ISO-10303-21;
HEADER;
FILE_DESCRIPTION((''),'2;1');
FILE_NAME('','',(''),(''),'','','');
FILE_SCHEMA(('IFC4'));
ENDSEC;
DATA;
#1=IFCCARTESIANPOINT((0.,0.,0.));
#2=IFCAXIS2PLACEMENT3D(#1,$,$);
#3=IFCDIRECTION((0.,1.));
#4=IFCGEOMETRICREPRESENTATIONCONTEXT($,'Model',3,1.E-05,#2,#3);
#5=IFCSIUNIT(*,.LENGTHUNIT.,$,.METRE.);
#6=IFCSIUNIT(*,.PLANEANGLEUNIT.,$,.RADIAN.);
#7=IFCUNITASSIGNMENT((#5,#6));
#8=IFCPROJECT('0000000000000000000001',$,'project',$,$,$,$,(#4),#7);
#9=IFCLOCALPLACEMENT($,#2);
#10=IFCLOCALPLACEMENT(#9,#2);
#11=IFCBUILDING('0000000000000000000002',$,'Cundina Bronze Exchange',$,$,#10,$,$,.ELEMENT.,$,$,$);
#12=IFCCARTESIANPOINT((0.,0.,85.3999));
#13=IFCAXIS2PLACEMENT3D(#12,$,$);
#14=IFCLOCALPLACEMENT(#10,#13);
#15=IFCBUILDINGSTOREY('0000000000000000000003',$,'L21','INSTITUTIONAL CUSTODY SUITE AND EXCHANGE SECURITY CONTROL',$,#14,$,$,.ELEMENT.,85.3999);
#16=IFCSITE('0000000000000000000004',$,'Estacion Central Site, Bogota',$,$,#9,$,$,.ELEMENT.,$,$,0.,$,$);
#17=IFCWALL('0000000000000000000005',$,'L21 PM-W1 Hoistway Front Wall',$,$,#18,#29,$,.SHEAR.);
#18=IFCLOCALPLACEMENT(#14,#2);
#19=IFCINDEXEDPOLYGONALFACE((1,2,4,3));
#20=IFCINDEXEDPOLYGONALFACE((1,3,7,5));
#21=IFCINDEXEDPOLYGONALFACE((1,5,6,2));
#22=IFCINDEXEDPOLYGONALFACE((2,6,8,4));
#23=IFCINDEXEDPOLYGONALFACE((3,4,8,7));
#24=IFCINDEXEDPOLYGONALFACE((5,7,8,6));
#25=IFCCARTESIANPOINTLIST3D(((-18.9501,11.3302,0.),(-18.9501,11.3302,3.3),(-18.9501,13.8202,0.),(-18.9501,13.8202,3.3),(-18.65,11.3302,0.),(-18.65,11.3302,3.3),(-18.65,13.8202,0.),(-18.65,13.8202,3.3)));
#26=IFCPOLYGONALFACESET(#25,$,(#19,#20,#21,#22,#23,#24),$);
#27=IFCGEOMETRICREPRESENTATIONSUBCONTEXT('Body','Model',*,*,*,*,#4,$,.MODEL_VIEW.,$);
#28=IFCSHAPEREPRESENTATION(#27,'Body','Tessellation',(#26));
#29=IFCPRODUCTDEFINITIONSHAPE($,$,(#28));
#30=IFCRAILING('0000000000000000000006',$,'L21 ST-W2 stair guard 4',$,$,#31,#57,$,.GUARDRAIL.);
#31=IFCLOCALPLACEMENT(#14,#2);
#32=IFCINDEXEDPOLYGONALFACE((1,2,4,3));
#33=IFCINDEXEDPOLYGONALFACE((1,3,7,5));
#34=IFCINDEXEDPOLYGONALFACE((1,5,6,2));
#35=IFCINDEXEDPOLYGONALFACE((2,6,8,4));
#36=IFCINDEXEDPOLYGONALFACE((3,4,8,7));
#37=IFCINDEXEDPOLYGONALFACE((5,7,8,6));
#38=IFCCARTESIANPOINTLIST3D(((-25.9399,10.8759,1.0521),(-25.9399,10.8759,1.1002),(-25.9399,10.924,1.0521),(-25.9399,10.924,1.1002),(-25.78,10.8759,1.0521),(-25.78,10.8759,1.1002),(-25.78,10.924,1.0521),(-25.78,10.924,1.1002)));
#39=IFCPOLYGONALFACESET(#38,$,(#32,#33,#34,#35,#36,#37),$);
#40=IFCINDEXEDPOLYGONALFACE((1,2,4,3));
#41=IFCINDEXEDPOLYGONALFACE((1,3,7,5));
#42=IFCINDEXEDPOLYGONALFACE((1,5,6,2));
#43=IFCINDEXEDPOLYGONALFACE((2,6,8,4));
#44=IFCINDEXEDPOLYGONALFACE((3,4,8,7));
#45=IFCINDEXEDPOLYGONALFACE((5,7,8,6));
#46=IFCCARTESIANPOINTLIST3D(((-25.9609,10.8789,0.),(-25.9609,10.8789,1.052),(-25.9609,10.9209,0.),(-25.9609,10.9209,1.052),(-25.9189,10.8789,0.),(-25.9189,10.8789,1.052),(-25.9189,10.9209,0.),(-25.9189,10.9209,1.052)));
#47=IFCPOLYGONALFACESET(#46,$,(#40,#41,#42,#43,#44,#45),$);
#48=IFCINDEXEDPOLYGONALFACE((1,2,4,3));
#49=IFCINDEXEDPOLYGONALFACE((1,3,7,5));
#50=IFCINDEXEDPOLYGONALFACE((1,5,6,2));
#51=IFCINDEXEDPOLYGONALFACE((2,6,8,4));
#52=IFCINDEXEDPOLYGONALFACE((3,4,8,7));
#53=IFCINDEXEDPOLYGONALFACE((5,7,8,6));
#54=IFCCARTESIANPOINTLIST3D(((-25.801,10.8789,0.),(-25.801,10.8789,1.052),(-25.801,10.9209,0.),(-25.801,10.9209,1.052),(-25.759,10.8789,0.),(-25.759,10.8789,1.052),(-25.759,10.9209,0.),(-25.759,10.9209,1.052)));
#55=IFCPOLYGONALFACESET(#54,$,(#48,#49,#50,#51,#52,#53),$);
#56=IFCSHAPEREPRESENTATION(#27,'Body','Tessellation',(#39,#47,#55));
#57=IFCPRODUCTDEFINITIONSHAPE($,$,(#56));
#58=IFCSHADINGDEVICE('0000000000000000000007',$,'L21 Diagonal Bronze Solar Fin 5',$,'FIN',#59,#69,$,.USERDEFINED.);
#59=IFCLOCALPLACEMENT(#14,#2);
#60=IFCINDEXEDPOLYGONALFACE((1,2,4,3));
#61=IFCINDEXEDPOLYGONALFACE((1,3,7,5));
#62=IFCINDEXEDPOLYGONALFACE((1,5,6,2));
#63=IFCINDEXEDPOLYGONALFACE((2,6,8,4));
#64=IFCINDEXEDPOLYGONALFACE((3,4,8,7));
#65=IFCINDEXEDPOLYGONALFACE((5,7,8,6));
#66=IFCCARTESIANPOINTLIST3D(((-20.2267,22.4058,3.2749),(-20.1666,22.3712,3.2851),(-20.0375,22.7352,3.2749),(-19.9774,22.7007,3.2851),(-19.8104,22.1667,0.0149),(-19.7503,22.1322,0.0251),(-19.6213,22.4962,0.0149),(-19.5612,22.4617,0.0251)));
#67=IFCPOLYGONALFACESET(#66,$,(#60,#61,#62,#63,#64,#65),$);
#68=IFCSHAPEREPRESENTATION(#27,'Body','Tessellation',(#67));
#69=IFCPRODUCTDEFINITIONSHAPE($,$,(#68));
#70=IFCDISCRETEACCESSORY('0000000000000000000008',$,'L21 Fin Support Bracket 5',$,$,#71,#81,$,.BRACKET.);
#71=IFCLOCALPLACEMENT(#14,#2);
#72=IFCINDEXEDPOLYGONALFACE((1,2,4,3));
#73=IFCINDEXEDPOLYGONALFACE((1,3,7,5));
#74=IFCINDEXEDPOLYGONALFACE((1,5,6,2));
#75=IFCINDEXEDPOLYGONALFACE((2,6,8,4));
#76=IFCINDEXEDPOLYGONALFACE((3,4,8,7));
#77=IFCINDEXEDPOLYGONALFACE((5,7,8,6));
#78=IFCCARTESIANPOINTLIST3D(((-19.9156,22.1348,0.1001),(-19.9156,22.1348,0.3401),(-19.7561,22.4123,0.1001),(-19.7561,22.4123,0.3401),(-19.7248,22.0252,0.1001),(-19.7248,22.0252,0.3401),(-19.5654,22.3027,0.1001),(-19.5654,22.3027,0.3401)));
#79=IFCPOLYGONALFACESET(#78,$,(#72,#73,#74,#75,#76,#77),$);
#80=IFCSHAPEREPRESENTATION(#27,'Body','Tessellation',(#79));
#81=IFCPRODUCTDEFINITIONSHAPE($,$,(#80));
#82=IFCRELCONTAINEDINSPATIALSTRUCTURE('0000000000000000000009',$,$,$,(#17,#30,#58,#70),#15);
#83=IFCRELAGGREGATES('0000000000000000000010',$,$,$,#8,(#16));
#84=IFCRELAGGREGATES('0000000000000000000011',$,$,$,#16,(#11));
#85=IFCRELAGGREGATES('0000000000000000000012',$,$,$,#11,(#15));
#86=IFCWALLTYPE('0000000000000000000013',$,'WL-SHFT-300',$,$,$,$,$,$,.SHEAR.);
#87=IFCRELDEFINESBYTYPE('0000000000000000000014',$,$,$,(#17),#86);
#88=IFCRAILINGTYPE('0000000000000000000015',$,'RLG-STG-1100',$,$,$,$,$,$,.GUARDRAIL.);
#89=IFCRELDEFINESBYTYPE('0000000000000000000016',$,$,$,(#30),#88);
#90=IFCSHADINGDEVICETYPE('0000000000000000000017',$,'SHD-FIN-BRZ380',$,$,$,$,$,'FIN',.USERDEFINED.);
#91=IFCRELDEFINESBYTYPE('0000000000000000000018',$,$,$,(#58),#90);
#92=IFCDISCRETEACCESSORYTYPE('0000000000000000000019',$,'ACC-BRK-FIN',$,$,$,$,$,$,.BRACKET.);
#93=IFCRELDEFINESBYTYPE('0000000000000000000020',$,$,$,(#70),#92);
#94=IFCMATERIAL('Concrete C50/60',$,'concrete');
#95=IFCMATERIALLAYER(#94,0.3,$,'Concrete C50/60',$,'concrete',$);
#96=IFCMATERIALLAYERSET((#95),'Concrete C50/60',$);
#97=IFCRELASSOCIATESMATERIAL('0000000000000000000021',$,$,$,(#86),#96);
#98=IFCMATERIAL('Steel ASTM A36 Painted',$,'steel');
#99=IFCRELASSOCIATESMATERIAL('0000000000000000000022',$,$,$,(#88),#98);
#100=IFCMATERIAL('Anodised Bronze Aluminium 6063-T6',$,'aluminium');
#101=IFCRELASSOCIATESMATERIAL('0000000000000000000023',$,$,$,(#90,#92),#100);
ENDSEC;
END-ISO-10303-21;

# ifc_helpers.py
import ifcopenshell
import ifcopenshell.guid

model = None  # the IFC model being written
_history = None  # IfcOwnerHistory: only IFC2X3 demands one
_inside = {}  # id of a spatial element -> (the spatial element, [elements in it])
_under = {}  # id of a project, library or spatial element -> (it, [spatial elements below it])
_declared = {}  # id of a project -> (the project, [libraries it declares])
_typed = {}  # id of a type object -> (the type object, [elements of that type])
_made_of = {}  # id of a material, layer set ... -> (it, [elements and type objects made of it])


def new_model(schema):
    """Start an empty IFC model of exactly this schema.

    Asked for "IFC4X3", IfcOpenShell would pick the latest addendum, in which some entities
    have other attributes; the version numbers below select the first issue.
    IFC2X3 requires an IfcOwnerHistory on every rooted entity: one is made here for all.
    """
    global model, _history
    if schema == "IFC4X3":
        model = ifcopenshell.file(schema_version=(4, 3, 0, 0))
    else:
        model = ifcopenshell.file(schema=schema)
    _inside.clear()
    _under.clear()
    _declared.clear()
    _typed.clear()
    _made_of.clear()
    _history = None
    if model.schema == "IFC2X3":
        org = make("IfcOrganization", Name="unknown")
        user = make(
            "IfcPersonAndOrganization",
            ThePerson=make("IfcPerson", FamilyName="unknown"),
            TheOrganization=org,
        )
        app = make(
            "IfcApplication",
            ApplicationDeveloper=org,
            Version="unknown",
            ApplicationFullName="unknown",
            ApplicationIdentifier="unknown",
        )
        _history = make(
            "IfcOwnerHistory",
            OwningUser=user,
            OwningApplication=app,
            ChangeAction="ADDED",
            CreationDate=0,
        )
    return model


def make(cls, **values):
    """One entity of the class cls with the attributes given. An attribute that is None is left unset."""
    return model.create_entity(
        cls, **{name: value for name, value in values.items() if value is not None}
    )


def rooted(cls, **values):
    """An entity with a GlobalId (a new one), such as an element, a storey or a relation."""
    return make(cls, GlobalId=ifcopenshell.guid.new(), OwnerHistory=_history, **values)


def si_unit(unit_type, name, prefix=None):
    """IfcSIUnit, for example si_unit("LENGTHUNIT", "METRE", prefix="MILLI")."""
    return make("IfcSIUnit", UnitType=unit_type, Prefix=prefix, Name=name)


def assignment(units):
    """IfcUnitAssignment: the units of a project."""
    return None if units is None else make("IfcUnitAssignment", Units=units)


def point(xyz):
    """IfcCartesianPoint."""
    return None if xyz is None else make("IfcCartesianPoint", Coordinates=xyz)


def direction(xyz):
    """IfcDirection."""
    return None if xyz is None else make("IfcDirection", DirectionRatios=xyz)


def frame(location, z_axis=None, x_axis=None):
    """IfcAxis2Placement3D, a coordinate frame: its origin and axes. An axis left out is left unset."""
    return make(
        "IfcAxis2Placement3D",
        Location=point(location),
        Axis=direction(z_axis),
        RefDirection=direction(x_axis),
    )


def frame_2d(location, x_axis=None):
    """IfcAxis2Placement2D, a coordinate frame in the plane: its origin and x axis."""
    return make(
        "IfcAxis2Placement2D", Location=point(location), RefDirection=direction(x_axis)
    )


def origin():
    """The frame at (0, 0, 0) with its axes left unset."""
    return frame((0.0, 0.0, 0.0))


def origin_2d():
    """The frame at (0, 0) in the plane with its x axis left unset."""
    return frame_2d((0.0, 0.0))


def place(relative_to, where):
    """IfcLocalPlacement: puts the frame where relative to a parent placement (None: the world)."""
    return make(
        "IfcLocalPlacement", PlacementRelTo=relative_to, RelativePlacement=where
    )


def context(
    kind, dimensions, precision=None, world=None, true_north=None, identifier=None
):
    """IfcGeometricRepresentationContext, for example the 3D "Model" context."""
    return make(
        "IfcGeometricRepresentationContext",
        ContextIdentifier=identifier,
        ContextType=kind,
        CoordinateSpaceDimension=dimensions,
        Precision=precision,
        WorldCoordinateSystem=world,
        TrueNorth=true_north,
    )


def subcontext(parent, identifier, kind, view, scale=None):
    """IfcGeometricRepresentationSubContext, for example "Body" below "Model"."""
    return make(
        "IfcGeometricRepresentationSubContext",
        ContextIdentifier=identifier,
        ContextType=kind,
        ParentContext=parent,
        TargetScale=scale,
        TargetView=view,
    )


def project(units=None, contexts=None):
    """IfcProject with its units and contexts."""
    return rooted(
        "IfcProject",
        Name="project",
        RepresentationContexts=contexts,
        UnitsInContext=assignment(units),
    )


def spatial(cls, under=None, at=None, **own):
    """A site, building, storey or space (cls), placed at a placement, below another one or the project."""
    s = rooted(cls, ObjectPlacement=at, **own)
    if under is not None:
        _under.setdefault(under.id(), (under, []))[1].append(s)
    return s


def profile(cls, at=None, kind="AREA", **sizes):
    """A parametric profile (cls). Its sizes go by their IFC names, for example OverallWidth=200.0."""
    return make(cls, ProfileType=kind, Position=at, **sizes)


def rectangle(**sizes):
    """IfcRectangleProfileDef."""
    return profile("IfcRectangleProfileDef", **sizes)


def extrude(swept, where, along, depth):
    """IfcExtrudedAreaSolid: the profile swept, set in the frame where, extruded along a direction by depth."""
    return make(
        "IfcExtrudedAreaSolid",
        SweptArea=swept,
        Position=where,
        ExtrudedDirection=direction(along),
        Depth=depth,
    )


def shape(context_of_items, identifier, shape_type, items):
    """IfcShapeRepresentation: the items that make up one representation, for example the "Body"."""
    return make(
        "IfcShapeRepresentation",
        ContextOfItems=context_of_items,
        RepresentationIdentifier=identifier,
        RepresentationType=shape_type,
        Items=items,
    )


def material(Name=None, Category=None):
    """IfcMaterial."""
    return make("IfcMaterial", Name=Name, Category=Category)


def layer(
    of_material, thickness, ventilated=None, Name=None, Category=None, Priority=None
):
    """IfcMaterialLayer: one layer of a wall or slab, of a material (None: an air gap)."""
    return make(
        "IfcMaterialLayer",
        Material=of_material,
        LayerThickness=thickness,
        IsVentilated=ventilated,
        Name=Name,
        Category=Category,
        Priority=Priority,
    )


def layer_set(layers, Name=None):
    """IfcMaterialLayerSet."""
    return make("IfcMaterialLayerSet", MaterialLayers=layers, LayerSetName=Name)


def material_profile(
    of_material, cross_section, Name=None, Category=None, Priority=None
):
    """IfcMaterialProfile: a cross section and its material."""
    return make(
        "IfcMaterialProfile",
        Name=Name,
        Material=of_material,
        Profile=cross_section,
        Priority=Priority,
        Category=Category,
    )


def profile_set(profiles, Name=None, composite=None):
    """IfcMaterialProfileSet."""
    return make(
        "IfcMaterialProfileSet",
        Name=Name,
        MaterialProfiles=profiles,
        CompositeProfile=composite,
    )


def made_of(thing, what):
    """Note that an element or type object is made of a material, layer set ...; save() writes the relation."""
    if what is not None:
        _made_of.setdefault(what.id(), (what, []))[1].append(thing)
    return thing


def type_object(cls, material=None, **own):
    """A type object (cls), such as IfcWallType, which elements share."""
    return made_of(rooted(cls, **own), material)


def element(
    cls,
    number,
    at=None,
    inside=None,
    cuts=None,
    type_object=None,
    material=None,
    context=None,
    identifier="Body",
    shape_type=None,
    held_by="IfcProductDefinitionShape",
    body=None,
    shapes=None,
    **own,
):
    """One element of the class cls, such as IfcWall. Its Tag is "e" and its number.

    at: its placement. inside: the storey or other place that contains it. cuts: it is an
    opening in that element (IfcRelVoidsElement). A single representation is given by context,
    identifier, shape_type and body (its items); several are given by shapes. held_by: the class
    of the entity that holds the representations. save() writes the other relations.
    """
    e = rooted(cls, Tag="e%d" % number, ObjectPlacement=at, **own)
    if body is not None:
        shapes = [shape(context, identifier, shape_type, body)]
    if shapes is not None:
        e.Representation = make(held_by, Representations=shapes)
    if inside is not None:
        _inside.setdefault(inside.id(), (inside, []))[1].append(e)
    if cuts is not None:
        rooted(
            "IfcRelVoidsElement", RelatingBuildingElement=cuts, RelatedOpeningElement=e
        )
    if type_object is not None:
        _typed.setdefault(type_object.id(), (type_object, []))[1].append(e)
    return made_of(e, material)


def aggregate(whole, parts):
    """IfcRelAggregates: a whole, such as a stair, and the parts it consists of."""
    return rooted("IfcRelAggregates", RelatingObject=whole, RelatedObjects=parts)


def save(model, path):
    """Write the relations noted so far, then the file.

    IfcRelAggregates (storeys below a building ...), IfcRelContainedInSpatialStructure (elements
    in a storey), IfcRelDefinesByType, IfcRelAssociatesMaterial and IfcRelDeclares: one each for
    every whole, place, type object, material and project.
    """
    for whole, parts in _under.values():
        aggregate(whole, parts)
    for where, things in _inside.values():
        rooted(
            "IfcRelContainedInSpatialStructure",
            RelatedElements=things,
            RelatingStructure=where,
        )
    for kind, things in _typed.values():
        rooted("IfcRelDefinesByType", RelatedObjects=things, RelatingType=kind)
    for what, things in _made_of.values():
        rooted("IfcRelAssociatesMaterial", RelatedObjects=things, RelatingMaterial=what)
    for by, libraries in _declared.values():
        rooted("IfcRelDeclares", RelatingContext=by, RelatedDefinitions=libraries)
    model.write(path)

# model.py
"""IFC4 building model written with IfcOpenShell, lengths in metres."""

from ifc_helpers import new_model, si_unit, direction, frame, frame_2d, origin, origin_2d, place, context, subcontext, project, spatial, rectangle, extrude, material, layer, layer_set, material_profile, profile_set, type_object, element, save


model = new_model("IFC4")

# Units and contexts
model_context = context("Model", 3, precision=1e-05, world=origin(), true_north=direction((0.0, 1.0)))
body_context = subcontext(model_context, "Body", "Model", "MODEL_VIEW")
ifc_project = project(units=[si_unit("LENGTHUNIT", "METRE"), si_unit("PLANEANGLEUNIT", "RADIAN")], contexts=[model_context])

# Site, building, storey
site_placement = place(None, origin())
site = spatial("IfcSite", under=ifc_project, at=site_placement, Name="Estacion Central Site, Bogota", CompositionType="ELEMENT", RefElevation=0.0)
building_placement = place(site_placement, origin())
building = spatial("IfcBuilding", under=site, at=building_placement, Name="Cundina Bronze Exchange", CompositionType="ELEMENT")
storey_placement = place(building_placement, frame((0.0, 0.0, 85.3999)))
storey = spatial("IfcBuildingStorey", under=building, at=storey_placement, Name="L21", Description="INSTITUTIONAL CUSTODY SUITE AND EXCHANGE SECURITY CONTROL", CompositionType="ELEMENT", Elevation=85.3999)

# Shared definitions
ifc_material_1 = material(Name="Anodised Bronze Aluminium 6063-T6", Category="aluminium")

# Shared definitions
ifc_material_2 = material(Name="Concrete C50/60", Category="concrete")
ifc_layer_1 = layer(ifc_material_2, 0.3, Name="Concrete C50/60", Category="concrete")
ifc_layer_set_1 = layer_set([ifc_layer_1], Name="Concrete C50/60")
wall_type_1 = type_object("IfcWallType", Name="WL-SHFT-300", PredefinedType="SHEAR", material=ifc_layer_set_1)
ifc_material_3 = material(Name="Steel ASTM A36 Painted", Category="steel")

# Wall
wall_1_placement = place(storey_placement, frame((-18.8, 11.3301, 0.0), z_axis=(0.0, 0.0, 1.0), x_axis=(0.0, 1.0, 0.0)))
element("IfcWall", 1, at=wall_1_placement, inside=storey, type_object=wall_type_1, Name="L21 PM-W1 Hoistway Front Wall", PredefinedType="SHEAR", context=body_context, shape_type="SweptSolid", body=[
    extrude(rectangle(XDim=2.49, YDim=0.3, at=frame_2d((1.2451, 0.0))), origin(), (0.0, 0.0, 1.0), 3.3),
])

# Railing
railing_type = type_object("IfcRailingType", Name="RLG-STG-1100", PredefinedType="GUARDRAIL", material=ifc_material_3)
railing_placement = place(storey_placement, frame((-25.9399, 10.8999, 0.0)))
element("IfcRailing", 2, at=railing_placement, inside=storey, type_object=railing_type, Name="L21 ST-W2 stair guard 4", PredefinedType="GUARDRAIL", context=body_context, shape_type="SweptSolid", body=[
    extrude(rectangle(XDim=0.0481, YDim=0.0481, at=origin_2d()), frame((0.0, 0.0, 1.0762), z_axis=(1.0, 0.0, 0.0), x_axis=(0.0, 1.0, 0.0)), (0.0, 0.0, 1.0), 0.1599),
    extrude(rectangle(XDim=0.042, YDim=0.042, at=origin_2d()), origin(), (0.0, 0.0, 1.0), 1.052),
    extrude(rectangle(XDim=0.042, YDim=0.042, at=origin_2d()), frame((0.1599, 0.0, 0.0)), (0.0, 0.0, 1.0), 1.052),
])

# Shading device
ifc_material_profile_1 = material_profile(ifc_material_1, rectangle(XDim=0.0701, YDim=0.3799, at=origin_2d()), Name="FIN70X380", Category="aluminium")
ifc_profile_set_1 = profile_set([ifc_material_profile_1], Name="Anodised Bronze Aluminium 6063-T6")
shading_device_type = type_object("IfcShadingDeviceType", Name="SHD-FIN-BRZ380", ElementType="FIN", PredefinedType="USERDEFINED", material=ifc_profile_set_1)
shading_device_placement = place(storey_placement, frame((-19.6858, 22.3142, 0.02), z_axis=(-0.126325, 0.072535, 0.989333), x_axis=(0.857958, -0.492634, 0.145668)))
element("IfcShadingDevice", 3, at=shading_device_placement, inside=storey, type_object=shading_device_type, Name="L21 Diagonal Bronze Solar Fin 5", ObjectType="FIN", PredefinedType="USERDEFINED", context=body_context, shape_type="SweptSolid", body=[
    extrude(rectangle(XDim=0.0701, YDim=0.3799, at=origin_2d()), origin(), (0.0, 0.0, 1.0), 3.2952),
])

# Discrete accessory
discrete_accessory_type = type_object("IfcDiscreteAccessoryType", Name="ACC-BRK-FIN", PredefinedType="BRACKET", material=ifc_material_1)
discrete_accessory_placement = place(storey_placement, frame((-19.7405, 22.2188, 0.1001), z_axis=(0.0, 0.0, 1.0), x_axis=(-0.867105, 0.498125, 0.0)))
element("IfcDiscreteAccessory", 4, at=discrete_accessory_placement, inside=storey, type_object=discrete_accessory_type, Name="L21 Fin Support Bracket 5", PredefinedType="BRACKET", context=body_context, shape_type="SweptSolid", body=[
    extrude(rectangle(XDim=0.22, YDim=0.3201, at=origin_2d()), origin(), (0.0, 0.0, 1.0), 0.24),
])

save(model, "model.ifc")
